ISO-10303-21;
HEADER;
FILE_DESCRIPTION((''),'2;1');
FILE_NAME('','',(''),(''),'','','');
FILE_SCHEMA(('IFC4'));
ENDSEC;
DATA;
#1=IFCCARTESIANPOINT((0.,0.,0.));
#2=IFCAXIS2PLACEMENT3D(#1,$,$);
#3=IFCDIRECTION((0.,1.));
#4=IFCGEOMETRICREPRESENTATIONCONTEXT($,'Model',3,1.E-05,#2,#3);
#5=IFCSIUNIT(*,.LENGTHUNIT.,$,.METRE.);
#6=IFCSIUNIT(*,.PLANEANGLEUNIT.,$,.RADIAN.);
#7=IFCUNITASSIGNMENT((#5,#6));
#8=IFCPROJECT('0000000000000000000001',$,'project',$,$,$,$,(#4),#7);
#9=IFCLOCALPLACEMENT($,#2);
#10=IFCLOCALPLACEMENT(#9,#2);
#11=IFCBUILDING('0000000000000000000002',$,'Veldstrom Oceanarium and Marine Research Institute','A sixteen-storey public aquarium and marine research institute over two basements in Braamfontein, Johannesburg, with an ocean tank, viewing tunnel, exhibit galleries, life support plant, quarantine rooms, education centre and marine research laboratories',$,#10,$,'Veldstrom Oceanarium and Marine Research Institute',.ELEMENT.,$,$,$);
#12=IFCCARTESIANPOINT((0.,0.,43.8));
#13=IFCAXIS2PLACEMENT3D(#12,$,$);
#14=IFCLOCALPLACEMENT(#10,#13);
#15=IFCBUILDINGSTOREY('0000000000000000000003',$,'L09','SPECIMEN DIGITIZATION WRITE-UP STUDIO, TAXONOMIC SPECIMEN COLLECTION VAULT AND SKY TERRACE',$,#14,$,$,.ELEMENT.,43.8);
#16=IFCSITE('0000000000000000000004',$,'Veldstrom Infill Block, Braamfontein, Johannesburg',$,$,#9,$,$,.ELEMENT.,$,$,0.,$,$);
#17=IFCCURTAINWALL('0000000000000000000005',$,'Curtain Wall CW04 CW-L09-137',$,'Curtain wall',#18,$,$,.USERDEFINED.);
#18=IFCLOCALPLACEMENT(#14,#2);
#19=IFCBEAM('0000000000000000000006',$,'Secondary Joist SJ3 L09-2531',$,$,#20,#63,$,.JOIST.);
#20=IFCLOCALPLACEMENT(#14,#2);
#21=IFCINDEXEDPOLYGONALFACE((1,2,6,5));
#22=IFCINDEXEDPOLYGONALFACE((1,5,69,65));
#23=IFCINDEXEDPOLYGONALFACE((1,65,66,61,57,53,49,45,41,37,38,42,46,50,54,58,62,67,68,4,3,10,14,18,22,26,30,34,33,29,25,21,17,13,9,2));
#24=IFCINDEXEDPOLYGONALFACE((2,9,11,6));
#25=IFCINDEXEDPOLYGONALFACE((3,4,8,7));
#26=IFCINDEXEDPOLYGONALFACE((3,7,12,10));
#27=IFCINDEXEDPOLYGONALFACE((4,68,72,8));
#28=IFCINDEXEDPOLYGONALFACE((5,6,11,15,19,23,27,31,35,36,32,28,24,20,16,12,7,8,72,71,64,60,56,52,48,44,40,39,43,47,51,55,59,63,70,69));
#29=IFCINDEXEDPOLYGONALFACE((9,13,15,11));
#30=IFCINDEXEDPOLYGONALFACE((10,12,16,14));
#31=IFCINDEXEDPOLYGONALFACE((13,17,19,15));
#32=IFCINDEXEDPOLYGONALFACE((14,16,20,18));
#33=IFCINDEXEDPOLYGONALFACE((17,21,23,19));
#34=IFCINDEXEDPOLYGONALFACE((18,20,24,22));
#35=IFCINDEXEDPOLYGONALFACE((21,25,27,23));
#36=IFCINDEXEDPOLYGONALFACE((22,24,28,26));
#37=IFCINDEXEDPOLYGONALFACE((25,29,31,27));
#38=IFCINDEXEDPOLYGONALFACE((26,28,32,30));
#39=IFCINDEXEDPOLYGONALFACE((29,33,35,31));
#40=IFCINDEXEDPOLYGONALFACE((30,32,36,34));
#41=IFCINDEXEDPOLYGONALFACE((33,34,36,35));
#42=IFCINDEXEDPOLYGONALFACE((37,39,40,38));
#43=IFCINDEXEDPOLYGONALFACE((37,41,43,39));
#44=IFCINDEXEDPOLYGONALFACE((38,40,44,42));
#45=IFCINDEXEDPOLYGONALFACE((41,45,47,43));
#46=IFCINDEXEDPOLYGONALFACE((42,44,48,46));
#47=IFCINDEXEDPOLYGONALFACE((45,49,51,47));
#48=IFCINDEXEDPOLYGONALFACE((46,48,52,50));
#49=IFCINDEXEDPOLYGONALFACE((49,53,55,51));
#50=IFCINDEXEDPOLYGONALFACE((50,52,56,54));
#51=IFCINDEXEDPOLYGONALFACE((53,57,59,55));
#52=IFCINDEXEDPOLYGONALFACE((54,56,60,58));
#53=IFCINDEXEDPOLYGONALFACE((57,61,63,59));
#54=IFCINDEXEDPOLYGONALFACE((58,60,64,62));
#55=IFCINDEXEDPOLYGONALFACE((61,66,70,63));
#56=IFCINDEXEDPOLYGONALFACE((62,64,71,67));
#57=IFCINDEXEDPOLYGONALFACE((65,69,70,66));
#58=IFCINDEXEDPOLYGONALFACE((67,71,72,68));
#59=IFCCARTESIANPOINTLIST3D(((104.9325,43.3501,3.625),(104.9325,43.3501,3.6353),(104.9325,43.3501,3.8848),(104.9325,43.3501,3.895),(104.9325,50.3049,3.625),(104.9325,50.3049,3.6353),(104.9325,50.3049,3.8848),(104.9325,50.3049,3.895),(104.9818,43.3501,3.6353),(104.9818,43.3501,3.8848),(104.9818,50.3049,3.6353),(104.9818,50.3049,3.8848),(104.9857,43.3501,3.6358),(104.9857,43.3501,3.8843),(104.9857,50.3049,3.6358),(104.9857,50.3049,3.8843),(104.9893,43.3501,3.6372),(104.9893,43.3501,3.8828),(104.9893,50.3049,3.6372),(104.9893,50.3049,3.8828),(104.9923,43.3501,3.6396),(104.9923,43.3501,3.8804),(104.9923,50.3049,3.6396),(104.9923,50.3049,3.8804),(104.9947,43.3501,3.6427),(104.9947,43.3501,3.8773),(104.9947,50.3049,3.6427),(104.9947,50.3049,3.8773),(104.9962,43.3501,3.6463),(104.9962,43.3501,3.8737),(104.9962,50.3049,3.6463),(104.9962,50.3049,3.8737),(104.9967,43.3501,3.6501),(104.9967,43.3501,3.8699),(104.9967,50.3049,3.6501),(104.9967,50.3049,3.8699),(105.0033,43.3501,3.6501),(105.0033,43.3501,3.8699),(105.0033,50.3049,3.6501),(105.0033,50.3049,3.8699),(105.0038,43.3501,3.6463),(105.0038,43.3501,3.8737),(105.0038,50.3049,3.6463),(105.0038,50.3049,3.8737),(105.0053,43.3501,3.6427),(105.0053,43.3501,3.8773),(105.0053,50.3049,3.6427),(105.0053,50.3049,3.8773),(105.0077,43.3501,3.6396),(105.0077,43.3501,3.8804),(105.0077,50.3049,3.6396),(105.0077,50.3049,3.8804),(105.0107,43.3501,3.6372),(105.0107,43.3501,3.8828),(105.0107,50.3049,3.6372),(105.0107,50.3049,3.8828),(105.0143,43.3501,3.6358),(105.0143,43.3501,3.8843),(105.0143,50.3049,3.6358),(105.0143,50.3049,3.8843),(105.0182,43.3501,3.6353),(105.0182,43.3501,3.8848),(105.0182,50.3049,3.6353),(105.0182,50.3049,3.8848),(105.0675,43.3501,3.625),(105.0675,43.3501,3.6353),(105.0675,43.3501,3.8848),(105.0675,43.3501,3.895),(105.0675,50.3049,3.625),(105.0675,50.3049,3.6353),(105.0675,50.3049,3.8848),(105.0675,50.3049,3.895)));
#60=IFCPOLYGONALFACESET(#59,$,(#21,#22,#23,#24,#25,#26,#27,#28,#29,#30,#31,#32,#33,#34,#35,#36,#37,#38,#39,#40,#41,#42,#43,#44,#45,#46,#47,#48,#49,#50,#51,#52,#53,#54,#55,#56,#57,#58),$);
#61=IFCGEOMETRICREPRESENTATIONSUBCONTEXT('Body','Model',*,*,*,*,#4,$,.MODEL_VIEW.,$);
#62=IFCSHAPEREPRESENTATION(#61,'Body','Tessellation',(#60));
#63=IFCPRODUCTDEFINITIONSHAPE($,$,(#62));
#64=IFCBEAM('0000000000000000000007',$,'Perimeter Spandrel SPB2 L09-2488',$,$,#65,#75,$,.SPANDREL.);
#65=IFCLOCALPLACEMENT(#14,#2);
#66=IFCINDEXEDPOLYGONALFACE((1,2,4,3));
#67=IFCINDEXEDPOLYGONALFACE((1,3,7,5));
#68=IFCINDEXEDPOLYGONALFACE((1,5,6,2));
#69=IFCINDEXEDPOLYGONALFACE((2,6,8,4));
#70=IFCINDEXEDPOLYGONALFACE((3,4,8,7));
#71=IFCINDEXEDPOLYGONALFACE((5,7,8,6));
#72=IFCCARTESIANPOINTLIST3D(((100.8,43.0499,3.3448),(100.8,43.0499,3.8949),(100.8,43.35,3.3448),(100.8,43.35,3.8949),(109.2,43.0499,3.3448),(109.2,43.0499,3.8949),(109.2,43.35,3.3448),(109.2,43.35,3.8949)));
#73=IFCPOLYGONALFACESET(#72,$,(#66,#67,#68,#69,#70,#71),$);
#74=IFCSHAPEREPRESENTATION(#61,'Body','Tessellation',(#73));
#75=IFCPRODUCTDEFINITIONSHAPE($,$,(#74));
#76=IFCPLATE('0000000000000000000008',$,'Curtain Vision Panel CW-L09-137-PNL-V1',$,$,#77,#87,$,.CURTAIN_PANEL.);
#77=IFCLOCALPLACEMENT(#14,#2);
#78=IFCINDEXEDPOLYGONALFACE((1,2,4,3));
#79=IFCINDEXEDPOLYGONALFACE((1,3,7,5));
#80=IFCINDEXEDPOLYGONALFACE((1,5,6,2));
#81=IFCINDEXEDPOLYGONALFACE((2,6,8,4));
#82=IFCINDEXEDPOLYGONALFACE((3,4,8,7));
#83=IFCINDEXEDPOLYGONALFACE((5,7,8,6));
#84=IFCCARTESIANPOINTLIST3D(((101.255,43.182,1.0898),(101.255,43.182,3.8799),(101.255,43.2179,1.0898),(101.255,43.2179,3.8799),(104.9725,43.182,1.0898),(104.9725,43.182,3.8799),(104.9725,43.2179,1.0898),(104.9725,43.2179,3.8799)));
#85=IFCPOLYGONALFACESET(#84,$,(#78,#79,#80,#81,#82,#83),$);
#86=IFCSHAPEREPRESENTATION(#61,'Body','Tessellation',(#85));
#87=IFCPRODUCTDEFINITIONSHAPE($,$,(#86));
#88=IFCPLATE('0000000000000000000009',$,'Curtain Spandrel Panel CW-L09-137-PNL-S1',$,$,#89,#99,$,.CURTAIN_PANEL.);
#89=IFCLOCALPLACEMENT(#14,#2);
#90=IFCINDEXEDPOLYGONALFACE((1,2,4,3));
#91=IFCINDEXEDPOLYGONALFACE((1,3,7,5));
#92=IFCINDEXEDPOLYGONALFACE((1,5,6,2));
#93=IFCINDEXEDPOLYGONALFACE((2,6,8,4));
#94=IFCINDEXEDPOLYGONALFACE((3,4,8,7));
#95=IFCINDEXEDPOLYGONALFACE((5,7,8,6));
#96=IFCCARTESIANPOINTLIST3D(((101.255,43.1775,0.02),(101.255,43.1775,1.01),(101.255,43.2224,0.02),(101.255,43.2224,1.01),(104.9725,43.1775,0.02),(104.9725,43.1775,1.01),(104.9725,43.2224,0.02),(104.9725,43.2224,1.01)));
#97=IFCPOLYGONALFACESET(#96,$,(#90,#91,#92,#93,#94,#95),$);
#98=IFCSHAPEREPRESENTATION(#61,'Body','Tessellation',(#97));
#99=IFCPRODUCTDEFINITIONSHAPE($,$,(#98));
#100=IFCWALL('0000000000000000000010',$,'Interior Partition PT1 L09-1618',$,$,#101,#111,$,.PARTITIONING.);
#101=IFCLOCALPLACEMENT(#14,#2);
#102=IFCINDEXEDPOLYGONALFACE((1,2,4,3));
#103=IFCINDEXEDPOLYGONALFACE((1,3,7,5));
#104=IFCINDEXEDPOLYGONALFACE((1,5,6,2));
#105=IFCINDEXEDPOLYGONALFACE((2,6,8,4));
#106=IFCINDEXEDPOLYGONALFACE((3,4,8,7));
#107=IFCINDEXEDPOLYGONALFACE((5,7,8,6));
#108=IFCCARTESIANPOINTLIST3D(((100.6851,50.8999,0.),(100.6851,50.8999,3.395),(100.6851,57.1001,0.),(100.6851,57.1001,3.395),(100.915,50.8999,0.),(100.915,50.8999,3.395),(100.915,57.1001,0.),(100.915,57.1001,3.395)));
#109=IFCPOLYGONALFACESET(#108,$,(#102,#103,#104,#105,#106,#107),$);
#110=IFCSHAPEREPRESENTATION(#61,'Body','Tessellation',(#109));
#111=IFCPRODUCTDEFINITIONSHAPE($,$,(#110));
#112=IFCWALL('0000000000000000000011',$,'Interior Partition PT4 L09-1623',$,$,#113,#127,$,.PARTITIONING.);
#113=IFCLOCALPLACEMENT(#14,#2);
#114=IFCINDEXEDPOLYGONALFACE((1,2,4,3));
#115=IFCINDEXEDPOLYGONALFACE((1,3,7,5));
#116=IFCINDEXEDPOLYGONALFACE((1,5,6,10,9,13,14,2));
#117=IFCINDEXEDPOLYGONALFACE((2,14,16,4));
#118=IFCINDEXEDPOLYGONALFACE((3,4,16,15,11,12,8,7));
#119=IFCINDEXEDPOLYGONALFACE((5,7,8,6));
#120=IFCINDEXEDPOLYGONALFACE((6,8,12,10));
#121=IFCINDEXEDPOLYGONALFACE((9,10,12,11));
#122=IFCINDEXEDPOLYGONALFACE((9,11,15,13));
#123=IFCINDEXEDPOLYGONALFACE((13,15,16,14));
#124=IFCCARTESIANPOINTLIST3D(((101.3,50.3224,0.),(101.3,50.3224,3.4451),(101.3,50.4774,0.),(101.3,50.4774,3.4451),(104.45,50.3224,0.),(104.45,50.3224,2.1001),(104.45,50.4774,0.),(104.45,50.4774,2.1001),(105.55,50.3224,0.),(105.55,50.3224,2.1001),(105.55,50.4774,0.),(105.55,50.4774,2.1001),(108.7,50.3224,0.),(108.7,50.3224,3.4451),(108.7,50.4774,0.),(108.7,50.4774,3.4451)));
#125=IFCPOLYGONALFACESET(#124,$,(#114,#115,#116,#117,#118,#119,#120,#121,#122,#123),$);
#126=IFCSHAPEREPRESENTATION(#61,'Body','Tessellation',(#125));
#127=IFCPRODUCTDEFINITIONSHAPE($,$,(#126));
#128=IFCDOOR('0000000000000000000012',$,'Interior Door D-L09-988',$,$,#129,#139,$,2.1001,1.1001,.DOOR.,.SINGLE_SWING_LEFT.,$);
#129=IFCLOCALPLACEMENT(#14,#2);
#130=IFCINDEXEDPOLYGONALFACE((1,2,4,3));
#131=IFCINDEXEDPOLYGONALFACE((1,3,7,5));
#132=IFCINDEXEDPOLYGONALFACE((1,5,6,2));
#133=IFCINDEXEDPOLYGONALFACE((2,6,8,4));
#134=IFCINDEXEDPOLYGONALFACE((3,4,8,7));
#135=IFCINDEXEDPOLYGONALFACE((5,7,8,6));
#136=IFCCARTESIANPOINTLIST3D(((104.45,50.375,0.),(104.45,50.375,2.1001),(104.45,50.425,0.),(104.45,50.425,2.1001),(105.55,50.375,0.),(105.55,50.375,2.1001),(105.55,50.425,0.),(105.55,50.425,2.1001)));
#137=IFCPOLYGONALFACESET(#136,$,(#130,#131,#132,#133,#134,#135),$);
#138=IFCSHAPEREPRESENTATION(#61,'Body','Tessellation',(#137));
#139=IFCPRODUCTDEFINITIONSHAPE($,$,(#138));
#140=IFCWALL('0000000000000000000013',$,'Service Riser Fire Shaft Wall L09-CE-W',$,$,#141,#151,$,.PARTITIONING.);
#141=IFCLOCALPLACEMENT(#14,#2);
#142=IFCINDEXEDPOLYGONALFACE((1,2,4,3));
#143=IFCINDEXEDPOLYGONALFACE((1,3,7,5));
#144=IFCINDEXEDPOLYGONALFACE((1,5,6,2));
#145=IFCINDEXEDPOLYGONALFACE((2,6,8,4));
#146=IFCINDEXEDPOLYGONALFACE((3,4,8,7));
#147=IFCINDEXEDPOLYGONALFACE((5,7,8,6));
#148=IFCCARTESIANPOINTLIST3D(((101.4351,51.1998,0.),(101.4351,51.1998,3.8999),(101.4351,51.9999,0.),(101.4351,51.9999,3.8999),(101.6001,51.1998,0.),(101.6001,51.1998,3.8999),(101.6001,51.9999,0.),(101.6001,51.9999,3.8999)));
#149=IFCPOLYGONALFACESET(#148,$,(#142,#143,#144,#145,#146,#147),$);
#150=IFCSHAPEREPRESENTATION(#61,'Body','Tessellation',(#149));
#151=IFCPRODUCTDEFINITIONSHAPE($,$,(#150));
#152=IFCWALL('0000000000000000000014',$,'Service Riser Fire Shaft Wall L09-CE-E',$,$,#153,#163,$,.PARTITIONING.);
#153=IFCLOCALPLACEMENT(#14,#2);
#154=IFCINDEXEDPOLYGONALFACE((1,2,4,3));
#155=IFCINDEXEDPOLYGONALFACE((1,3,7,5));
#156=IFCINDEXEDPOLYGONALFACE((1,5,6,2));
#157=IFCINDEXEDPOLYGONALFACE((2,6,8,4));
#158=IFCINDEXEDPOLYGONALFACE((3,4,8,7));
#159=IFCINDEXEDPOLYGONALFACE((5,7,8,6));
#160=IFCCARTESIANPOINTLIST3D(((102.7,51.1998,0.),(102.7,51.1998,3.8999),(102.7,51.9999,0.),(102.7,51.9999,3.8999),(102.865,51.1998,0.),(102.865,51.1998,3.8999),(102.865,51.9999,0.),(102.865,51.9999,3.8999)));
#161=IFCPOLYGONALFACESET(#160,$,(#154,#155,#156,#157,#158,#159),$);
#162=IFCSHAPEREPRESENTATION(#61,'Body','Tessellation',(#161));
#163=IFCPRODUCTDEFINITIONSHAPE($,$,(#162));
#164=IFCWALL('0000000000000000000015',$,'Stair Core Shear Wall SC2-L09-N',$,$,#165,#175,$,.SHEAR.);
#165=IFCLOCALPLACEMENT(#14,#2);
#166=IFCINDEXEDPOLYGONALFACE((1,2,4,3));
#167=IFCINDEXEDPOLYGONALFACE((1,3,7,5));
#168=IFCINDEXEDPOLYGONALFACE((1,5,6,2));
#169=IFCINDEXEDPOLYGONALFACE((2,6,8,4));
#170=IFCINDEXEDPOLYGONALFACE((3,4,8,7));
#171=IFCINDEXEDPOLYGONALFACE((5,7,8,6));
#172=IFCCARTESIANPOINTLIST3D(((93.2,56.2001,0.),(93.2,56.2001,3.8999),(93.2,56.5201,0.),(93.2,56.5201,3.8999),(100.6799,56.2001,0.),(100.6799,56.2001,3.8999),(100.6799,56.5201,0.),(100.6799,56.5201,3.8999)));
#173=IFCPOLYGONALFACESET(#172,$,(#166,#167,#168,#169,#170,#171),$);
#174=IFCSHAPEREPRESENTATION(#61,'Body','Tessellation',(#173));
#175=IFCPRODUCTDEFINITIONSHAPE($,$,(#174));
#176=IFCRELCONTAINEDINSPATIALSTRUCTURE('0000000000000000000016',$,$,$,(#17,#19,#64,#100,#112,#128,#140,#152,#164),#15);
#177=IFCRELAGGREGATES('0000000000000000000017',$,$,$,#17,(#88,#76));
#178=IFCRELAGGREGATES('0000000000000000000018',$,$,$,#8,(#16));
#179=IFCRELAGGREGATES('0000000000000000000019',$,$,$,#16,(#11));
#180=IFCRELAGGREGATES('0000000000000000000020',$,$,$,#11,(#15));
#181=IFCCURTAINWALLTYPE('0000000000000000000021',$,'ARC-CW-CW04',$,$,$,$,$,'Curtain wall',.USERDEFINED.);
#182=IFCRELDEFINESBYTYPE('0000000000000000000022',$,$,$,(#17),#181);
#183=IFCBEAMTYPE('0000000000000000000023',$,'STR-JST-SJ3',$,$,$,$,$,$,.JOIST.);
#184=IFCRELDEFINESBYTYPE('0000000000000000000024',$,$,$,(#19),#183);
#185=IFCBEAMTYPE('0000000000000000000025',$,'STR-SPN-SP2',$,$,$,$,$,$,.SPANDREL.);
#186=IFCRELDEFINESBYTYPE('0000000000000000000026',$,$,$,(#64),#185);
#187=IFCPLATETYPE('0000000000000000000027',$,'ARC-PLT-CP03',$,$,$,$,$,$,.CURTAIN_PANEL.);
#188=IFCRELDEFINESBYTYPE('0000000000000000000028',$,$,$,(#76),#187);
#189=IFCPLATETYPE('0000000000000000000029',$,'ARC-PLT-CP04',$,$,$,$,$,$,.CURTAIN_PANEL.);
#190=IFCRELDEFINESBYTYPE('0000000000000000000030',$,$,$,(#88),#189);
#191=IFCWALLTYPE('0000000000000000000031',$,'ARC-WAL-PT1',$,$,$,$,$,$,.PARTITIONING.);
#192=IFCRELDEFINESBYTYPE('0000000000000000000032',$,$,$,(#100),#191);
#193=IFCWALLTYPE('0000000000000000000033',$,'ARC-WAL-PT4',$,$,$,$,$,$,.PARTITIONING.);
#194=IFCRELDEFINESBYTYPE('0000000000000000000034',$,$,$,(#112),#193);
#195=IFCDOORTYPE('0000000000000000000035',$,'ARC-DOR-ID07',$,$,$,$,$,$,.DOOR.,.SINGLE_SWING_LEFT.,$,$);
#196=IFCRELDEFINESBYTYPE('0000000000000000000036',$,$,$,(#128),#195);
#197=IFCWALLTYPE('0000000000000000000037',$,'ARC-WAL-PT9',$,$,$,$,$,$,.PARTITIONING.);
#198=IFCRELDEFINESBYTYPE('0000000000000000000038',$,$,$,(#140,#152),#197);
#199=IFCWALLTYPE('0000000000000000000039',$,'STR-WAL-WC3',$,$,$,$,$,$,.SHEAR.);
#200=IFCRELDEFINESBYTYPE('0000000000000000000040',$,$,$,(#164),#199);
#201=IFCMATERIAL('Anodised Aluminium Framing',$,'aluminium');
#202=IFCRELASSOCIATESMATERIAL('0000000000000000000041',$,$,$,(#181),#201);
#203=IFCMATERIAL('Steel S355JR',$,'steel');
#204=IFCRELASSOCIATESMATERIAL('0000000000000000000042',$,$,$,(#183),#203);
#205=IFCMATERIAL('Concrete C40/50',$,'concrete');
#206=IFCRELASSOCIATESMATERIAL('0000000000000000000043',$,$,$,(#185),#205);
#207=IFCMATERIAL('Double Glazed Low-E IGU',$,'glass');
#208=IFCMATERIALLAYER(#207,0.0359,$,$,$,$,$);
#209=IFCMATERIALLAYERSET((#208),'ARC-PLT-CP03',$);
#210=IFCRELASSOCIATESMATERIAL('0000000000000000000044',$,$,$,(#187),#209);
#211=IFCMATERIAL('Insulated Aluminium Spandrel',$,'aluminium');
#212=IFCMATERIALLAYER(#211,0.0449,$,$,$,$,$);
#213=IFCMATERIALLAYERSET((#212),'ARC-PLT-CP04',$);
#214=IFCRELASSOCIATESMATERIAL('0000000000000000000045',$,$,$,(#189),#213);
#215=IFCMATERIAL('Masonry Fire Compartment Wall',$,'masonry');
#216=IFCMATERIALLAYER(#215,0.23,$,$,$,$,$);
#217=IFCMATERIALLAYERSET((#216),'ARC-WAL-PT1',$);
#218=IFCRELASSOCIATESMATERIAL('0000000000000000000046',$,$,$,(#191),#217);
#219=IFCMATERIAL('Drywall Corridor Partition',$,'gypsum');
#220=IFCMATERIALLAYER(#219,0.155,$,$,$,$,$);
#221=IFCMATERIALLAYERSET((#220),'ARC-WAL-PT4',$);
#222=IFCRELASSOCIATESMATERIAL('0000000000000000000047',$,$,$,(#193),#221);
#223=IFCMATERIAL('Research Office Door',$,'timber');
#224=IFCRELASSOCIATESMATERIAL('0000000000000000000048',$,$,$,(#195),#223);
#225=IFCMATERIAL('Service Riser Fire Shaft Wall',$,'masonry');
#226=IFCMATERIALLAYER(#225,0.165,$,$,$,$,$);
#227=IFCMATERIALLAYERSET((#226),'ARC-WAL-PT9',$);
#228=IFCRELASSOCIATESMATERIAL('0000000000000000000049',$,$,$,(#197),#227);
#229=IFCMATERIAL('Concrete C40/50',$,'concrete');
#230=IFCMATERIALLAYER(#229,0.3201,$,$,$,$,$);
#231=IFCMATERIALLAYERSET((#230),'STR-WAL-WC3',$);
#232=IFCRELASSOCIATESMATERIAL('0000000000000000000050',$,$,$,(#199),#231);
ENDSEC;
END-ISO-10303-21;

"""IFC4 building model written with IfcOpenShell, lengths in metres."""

from ifc_helpers import new_model, si_unit, direction, frame, frame_2d, origin, origin_2d, place, context, subcontext, project, spatial, rectangle, i_section, extrude, material, layer, layer_set, material_profile, profile_set, type_object, element, fill, aggregate, save


model = new_model("IFC4")

# Units and contexts
model_context = context("Model", 3, precision=1e-05, world=origin(), true_north=direction((0.0, 1.0)))
body_context = subcontext(model_context, "Body", "Model", "MODEL_VIEW")
ifc_project = project(units=[si_unit("LENGTHUNIT", "METRE"), si_unit("PLANEANGLEUNIT", "RADIAN")], contexts=[model_context])

# Site, building, storey
site_placement = place(None, origin())
site = spatial("IfcSite", under=ifc_project, at=site_placement, Name="Veldstrom Infill Block, Braamfontein, Johannesburg", CompositionType="ELEMENT", RefElevation=0.0)
building_placement = place(site_placement, origin())
building = spatial("IfcBuilding", under=site, at=building_placement, Name="Veldstrom Oceanarium and Marine Research Institute", Description="A sixteen-storey public aquarium and marine research institute over two basements in Braamfontein, Johannesburg, with an ocean tank, viewing tunnel, exhibit galleries, life support plant, quarantine rooms, education centre and marine research laboratories", LongName="Veldstrom Oceanarium and Marine Research Institute", CompositionType="ELEMENT")
storey_placement = place(building_placement, frame((0.0, 0.0, 43.8)))
storey = spatial("IfcBuildingStorey", under=building, at=storey_placement, Name="L09", Description="SPECIMEN DIGITIZATION WRITE-UP STUDIO, TAXONOMIC SPECIMEN COLLECTION VAULT AND SKY TERRACE", CompositionType="ELEMENT", Elevation=43.8)

# Curtain wall
ifc_material_1 = material(Name="Anodised Aluminium Framing", Category="aluminium")
curtain_wall_type = type_object("IfcCurtainWallType", Name="ARC-CW-CW04", ElementType="Curtain wall", PredefinedType="USERDEFINED", material=ifc_material_1)
curtain_wall_placement = place(storey_placement, origin())
curtain_wall = element("IfcCurtainWall", 1, at=curtain_wall_placement, inside=storey, type_object=curtain_wall_type, Name="Curtain Wall CW04 CW-L09-137", ObjectType="Curtain wall", PredefinedType="USERDEFINED")

# Beams
ifc_material_2 = material(Name="Steel S355JR", Category="steel")
ifc_material_profile_1 = material_profile(ifc_material_2, i_section(OverallWidth=0.135, OverallDepth=0.27, WebThickness=0.0066, FlangeThickness=0.0103, FilletRadius=0.0149, at=origin_2d()), Name="IPE 270")
ifc_profile_set_1 = profile_set([ifc_material_profile_1], Name="Steel S355JR")
beam_type_1 = type_object("IfcBeamType", Name="STR-JST-SJ3", PredefinedType="JOIST", material=ifc_profile_set_1)
beam_1_placement = place(storey_placement, frame((105.0, 43.3501, 3.76), z_axis=(0.0, 1.0, 0.0), x_axis=(-1.0, 0.0, 0.0)))
element("IfcBeam", 2, at=beam_1_placement, inside=storey, type_object=beam_type_1, Name="Secondary Joist SJ3 L09-2531", PredefinedType="JOIST", context=body_context, shape_type="SweptSolid", body=[
    extrude(i_section(OverallWidth=0.135, OverallDepth=0.27, WebThickness=0.0066, FlangeThickness=0.0103, FilletRadius=0.0149, at=origin_2d()), origin(), (0.0, 0.0, 1.0), 6.9548),
])
ifc_material_3 = material(Name="Concrete C40/50", Category="concrete")
ifc_material_profile_2 = material_profile(ifc_material_3, rectangle(XDim=0.3, YDim=0.55, at=origin_2d()), Name="RC-SPN-300x550")
ifc_profile_set_2 = profile_set([ifc_material_profile_2], Name="Concrete C40/50")
beam_type_2 = type_object("IfcBeamType", Name="STR-SPN-SP2", PredefinedType="SPANDREL", material=ifc_profile_set_2)
beam_2_placement = place(storey_placement, frame((100.8, 43.2, 3.6199), z_axis=(1.0, 0.0, 0.0), x_axis=(0.0, 1.0, 0.0)))
element("IfcBeam", 3, at=beam_2_placement, inside=storey, type_object=beam_type_2, Name="Perimeter Spandrel SPB2 L09-2488", PredefinedType="SPANDREL", context=body_context, shape_type="SweptSolid", body=[
    extrude(rectangle(XDim=0.3, YDim=0.55, at=origin_2d()), origin(), (0.0, 0.0, 1.0), 8.3999),
])

# Plates
ifc_material_4 = material(Name="Double Glazed Low-E IGU", Category="glass")
ifc_layer_1 = layer(ifc_material_4, 0.0359)
ifc_layer_set_1 = layer_set([ifc_layer_1], Name="ARC-PLT-CP03")
plate_type_1 = type_object("IfcPlateType", Name="ARC-PLT-CP03", PredefinedType="CURTAIN_PANEL", material=ifc_layer_set_1)
plate_1_placement = place(storey_placement, frame((103.1138, 43.2, 1.0898), z_axis=(0.0, 0.0, 1.0), x_axis=(1.0, 0.0, 0.0)))
plate_1 = element("IfcPlate", 4, at=plate_1_placement, type_object=plate_type_1, Name="Curtain Vision Panel CW-L09-137-PNL-V1", PredefinedType="CURTAIN_PANEL", context=body_context, shape_type="SweptSolid", body=[
    extrude(rectangle(XDim=3.7175, YDim=0.0359, at=origin_2d()), origin(), (0.0, 0.0, 1.0), 2.79),
])
ifc_material_5 = material(Name="Insulated Aluminium Spandrel", Category="aluminium")
ifc_layer_2 = layer(ifc_material_5, 0.0449)
ifc_layer_set_2 = layer_set([ifc_layer_2], Name="ARC-PLT-CP04")
plate_type_2 = type_object("IfcPlateType", Name="ARC-PLT-CP04", PredefinedType="CURTAIN_PANEL", material=ifc_layer_set_2)
plate_2_placement = place(storey_placement, frame((103.1138, 43.2, 0.02), z_axis=(0.0, 0.0, 1.0), x_axis=(1.0, 0.0, 0.0)))
plate_2 = element("IfcPlate", 5, at=plate_2_placement, type_object=plate_type_2, Name="Curtain Spandrel Panel CW-L09-137-PNL-S1", PredefinedType="CURTAIN_PANEL", context=body_context, shape_type="SweptSolid", body=[
    extrude(rectangle(XDim=3.7175, YDim=0.0449, at=origin_2d()), origin(), (0.0, 0.0, 1.0), 0.99),
])
aggregate(curtain_wall, [plate_2, plate_1])

# Wall
ifc_material_6 = material(Name="Masonry Fire Compartment Wall", Category="masonry")
ifc_layer_3 = layer(ifc_material_6, 0.23)
ifc_layer_set_3 = layer_set([ifc_layer_3], Name="ARC-WAL-PT1")
wall_type_1 = type_object("IfcWallType", Name="ARC-WAL-PT1", PredefinedType="PARTITIONING", material=ifc_layer_set_3)
wall_1_placement = place(storey_placement, frame((100.8, 50.8999, 0.0), z_axis=(0.0, 0.0, 1.0), x_axis=(0.0, 1.0, 0.0)))
element("IfcWall", 6, at=wall_1_placement, inside=storey, type_object=wall_type_1, Name="Interior Partition PT1 L09-1618", PredefinedType="PARTITIONING", context=body_context, shape_type="SweptSolid", body=[
    extrude(rectangle(XDim=6.2002, YDim=0.23, at=frame_2d((3.1001, 0.0))), origin(), (0.0, 0.0, 1.0), 3.395),
])

# Wall, opening, door
ifc_material_7 = material(Name="Drywall Corridor Partition", Category="gypsum")
ifc_layer_4 = layer(ifc_material_7, 0.155)
ifc_layer_set_4 = layer_set([ifc_layer_4], Name="ARC-WAL-PT4")
wall_type_2 = type_object("IfcWallType", Name="ARC-WAL-PT4", PredefinedType="PARTITIONING", material=ifc_layer_set_4)
wall_2_placement = place(storey_placement, frame((101.3, 50.3999, 0.0), z_axis=(0.0, 0.0, 1.0), x_axis=(1.0, 0.0, 0.0)))
wall_2 = element("IfcWall", 7, at=wall_2_placement, inside=storey, type_object=wall_type_2, Name="Interior Partition PT4 L09-1623", PredefinedType="PARTITIONING", context=body_context, shape_type="SweptSolid", body=[
    extrude(rectangle(XDim=7.3999, YDim=0.155, at=frame_2d((3.7, 0.0))), origin(), (0.0, 0.0, 1.0), 3.4451),
])
opening_1_placement = place(wall_2_placement, frame((3.1499, 0.0, 0.0)))
opening_1 = element("IfcOpeningElement", 8, at=opening_1_placement, cuts=wall_2, PredefinedType="OPENING", context=body_context, shape_type="SweptSolid", body=[
    extrude(rectangle(XDim=1.1001, YDim=2.1001, at=frame_2d((0.55, 1.05))), frame((0.0, 0.0874, 0.0), z_axis=(0.0, -1.0, 0.0), x_axis=(1.0, 0.0, 0.0)), (0.0, 0.0, 1.0), 0.175),
])
ifc_material_8 = material(Name="Research Office Door", Category="timber")
door_type_1 = type_object("IfcDoorType", Name="ARC-DOR-ID07", OperationType="SINGLE_SWING_LEFT", PredefinedType="DOOR", material=ifc_material_8)
door_1_placement = place(opening_1_placement, frame((1.1001, 0.0, 0.0), z_axis=(0.0, 0.0, 1.0), x_axis=(-1.0, 0.0, 0.0)))
door_1 = element("IfcDoor", 9, at=door_1_placement, inside=storey, type_object=door_type_1, Name="Interior Door D-L09-988", OperationType="SINGLE_SWING_LEFT", OverallHeight=2.1001, OverallWidth=1.1001, PredefinedType="DOOR", context=body_context, shape_type="SweptSolid", body=[
    extrude(rectangle(XDim=1.1001, YDim=2.1001, at=frame_2d((0.55, 1.05))), frame((0.0, 0.0249, 0.0), z_axis=(0.0, -1.0, 0.0), x_axis=(1.0, 0.0, 0.0)), (0.0, 0.0, 1.0), 0.05),
])
fill(opening_1, door_1)

# Walls
ifc_material_9 = material(Name="Service Riser Fire Shaft Wall", Category="masonry")
ifc_layer_5 = layer(ifc_material_9, 0.165)
ifc_layer_set_5 = layer_set([ifc_layer_5], Name="ARC-WAL-PT9")
wall_type_3 = type_object("IfcWallType", Name="ARC-WAL-PT9", PredefinedType="PARTITIONING", material=ifc_layer_set_5)
for number, where, z_axis, x_axis, name in (
    (10, (101.5176, 51.2, 0.0), (0.0, 0.0, 1.0), (0.0, 1.0, 0.0), "Service Riser Fire Shaft Wall L09-CE-W"),
    (11, (102.7825, 51.2, 0.0), (0.0, 0.0, 1.0), (0.0, 1.0, 0.0), "Service Riser Fire Shaft Wall L09-CE-E"),
):
    element("IfcWall", number, at=place(storey_placement, frame(where, z_axis=z_axis, x_axis=x_axis)), inside=storey, type_object=wall_type_3, Name=name, PredefinedType="PARTITIONING", context=body_context, shape_type="SweptSolid", body=[
        extrude(rectangle(XDim=0.8, YDim=0.165, at=frame_2d((0.3999, 0.0))), origin(), (0.0, 0.0, 1.0), 3.8999),
    ])

# Shared definitions
ifc_material_10 = material(Name="Concrete C40/50", Category="concrete")
ifc_layer_6 = layer(ifc_material_10, 0.3201)
ifc_layer_set_6 = layer_set([ifc_layer_6], Name="STR-WAL-WC3")
wall_type_4 = type_object("IfcWallType", Name="STR-WAL-WC3", PredefinedType="SHEAR", material=ifc_layer_set_6)

# Wall
wall_3_placement = place(storey_placement, frame((93.2, 56.3601, 0.0), z_axis=(0.0, 0.0, 1.0), x_axis=(1.0, 0.0, 0.0)))
element("IfcWall", 12, at=wall_3_placement, inside=storey, type_object=wall_type_4, Name="Stair Core Shear Wall SC2-L09-N", PredefinedType="SHEAR", context=body_context, shape_type="SweptSolid", body=[
    extrude(rectangle(XDim=7.48, YDim=0.3201, at=frame_2d((3.74, 0.0))), origin(), (0.0, 0.0, 1.0), 3.8999),
])

save(model, "model.ifc")
